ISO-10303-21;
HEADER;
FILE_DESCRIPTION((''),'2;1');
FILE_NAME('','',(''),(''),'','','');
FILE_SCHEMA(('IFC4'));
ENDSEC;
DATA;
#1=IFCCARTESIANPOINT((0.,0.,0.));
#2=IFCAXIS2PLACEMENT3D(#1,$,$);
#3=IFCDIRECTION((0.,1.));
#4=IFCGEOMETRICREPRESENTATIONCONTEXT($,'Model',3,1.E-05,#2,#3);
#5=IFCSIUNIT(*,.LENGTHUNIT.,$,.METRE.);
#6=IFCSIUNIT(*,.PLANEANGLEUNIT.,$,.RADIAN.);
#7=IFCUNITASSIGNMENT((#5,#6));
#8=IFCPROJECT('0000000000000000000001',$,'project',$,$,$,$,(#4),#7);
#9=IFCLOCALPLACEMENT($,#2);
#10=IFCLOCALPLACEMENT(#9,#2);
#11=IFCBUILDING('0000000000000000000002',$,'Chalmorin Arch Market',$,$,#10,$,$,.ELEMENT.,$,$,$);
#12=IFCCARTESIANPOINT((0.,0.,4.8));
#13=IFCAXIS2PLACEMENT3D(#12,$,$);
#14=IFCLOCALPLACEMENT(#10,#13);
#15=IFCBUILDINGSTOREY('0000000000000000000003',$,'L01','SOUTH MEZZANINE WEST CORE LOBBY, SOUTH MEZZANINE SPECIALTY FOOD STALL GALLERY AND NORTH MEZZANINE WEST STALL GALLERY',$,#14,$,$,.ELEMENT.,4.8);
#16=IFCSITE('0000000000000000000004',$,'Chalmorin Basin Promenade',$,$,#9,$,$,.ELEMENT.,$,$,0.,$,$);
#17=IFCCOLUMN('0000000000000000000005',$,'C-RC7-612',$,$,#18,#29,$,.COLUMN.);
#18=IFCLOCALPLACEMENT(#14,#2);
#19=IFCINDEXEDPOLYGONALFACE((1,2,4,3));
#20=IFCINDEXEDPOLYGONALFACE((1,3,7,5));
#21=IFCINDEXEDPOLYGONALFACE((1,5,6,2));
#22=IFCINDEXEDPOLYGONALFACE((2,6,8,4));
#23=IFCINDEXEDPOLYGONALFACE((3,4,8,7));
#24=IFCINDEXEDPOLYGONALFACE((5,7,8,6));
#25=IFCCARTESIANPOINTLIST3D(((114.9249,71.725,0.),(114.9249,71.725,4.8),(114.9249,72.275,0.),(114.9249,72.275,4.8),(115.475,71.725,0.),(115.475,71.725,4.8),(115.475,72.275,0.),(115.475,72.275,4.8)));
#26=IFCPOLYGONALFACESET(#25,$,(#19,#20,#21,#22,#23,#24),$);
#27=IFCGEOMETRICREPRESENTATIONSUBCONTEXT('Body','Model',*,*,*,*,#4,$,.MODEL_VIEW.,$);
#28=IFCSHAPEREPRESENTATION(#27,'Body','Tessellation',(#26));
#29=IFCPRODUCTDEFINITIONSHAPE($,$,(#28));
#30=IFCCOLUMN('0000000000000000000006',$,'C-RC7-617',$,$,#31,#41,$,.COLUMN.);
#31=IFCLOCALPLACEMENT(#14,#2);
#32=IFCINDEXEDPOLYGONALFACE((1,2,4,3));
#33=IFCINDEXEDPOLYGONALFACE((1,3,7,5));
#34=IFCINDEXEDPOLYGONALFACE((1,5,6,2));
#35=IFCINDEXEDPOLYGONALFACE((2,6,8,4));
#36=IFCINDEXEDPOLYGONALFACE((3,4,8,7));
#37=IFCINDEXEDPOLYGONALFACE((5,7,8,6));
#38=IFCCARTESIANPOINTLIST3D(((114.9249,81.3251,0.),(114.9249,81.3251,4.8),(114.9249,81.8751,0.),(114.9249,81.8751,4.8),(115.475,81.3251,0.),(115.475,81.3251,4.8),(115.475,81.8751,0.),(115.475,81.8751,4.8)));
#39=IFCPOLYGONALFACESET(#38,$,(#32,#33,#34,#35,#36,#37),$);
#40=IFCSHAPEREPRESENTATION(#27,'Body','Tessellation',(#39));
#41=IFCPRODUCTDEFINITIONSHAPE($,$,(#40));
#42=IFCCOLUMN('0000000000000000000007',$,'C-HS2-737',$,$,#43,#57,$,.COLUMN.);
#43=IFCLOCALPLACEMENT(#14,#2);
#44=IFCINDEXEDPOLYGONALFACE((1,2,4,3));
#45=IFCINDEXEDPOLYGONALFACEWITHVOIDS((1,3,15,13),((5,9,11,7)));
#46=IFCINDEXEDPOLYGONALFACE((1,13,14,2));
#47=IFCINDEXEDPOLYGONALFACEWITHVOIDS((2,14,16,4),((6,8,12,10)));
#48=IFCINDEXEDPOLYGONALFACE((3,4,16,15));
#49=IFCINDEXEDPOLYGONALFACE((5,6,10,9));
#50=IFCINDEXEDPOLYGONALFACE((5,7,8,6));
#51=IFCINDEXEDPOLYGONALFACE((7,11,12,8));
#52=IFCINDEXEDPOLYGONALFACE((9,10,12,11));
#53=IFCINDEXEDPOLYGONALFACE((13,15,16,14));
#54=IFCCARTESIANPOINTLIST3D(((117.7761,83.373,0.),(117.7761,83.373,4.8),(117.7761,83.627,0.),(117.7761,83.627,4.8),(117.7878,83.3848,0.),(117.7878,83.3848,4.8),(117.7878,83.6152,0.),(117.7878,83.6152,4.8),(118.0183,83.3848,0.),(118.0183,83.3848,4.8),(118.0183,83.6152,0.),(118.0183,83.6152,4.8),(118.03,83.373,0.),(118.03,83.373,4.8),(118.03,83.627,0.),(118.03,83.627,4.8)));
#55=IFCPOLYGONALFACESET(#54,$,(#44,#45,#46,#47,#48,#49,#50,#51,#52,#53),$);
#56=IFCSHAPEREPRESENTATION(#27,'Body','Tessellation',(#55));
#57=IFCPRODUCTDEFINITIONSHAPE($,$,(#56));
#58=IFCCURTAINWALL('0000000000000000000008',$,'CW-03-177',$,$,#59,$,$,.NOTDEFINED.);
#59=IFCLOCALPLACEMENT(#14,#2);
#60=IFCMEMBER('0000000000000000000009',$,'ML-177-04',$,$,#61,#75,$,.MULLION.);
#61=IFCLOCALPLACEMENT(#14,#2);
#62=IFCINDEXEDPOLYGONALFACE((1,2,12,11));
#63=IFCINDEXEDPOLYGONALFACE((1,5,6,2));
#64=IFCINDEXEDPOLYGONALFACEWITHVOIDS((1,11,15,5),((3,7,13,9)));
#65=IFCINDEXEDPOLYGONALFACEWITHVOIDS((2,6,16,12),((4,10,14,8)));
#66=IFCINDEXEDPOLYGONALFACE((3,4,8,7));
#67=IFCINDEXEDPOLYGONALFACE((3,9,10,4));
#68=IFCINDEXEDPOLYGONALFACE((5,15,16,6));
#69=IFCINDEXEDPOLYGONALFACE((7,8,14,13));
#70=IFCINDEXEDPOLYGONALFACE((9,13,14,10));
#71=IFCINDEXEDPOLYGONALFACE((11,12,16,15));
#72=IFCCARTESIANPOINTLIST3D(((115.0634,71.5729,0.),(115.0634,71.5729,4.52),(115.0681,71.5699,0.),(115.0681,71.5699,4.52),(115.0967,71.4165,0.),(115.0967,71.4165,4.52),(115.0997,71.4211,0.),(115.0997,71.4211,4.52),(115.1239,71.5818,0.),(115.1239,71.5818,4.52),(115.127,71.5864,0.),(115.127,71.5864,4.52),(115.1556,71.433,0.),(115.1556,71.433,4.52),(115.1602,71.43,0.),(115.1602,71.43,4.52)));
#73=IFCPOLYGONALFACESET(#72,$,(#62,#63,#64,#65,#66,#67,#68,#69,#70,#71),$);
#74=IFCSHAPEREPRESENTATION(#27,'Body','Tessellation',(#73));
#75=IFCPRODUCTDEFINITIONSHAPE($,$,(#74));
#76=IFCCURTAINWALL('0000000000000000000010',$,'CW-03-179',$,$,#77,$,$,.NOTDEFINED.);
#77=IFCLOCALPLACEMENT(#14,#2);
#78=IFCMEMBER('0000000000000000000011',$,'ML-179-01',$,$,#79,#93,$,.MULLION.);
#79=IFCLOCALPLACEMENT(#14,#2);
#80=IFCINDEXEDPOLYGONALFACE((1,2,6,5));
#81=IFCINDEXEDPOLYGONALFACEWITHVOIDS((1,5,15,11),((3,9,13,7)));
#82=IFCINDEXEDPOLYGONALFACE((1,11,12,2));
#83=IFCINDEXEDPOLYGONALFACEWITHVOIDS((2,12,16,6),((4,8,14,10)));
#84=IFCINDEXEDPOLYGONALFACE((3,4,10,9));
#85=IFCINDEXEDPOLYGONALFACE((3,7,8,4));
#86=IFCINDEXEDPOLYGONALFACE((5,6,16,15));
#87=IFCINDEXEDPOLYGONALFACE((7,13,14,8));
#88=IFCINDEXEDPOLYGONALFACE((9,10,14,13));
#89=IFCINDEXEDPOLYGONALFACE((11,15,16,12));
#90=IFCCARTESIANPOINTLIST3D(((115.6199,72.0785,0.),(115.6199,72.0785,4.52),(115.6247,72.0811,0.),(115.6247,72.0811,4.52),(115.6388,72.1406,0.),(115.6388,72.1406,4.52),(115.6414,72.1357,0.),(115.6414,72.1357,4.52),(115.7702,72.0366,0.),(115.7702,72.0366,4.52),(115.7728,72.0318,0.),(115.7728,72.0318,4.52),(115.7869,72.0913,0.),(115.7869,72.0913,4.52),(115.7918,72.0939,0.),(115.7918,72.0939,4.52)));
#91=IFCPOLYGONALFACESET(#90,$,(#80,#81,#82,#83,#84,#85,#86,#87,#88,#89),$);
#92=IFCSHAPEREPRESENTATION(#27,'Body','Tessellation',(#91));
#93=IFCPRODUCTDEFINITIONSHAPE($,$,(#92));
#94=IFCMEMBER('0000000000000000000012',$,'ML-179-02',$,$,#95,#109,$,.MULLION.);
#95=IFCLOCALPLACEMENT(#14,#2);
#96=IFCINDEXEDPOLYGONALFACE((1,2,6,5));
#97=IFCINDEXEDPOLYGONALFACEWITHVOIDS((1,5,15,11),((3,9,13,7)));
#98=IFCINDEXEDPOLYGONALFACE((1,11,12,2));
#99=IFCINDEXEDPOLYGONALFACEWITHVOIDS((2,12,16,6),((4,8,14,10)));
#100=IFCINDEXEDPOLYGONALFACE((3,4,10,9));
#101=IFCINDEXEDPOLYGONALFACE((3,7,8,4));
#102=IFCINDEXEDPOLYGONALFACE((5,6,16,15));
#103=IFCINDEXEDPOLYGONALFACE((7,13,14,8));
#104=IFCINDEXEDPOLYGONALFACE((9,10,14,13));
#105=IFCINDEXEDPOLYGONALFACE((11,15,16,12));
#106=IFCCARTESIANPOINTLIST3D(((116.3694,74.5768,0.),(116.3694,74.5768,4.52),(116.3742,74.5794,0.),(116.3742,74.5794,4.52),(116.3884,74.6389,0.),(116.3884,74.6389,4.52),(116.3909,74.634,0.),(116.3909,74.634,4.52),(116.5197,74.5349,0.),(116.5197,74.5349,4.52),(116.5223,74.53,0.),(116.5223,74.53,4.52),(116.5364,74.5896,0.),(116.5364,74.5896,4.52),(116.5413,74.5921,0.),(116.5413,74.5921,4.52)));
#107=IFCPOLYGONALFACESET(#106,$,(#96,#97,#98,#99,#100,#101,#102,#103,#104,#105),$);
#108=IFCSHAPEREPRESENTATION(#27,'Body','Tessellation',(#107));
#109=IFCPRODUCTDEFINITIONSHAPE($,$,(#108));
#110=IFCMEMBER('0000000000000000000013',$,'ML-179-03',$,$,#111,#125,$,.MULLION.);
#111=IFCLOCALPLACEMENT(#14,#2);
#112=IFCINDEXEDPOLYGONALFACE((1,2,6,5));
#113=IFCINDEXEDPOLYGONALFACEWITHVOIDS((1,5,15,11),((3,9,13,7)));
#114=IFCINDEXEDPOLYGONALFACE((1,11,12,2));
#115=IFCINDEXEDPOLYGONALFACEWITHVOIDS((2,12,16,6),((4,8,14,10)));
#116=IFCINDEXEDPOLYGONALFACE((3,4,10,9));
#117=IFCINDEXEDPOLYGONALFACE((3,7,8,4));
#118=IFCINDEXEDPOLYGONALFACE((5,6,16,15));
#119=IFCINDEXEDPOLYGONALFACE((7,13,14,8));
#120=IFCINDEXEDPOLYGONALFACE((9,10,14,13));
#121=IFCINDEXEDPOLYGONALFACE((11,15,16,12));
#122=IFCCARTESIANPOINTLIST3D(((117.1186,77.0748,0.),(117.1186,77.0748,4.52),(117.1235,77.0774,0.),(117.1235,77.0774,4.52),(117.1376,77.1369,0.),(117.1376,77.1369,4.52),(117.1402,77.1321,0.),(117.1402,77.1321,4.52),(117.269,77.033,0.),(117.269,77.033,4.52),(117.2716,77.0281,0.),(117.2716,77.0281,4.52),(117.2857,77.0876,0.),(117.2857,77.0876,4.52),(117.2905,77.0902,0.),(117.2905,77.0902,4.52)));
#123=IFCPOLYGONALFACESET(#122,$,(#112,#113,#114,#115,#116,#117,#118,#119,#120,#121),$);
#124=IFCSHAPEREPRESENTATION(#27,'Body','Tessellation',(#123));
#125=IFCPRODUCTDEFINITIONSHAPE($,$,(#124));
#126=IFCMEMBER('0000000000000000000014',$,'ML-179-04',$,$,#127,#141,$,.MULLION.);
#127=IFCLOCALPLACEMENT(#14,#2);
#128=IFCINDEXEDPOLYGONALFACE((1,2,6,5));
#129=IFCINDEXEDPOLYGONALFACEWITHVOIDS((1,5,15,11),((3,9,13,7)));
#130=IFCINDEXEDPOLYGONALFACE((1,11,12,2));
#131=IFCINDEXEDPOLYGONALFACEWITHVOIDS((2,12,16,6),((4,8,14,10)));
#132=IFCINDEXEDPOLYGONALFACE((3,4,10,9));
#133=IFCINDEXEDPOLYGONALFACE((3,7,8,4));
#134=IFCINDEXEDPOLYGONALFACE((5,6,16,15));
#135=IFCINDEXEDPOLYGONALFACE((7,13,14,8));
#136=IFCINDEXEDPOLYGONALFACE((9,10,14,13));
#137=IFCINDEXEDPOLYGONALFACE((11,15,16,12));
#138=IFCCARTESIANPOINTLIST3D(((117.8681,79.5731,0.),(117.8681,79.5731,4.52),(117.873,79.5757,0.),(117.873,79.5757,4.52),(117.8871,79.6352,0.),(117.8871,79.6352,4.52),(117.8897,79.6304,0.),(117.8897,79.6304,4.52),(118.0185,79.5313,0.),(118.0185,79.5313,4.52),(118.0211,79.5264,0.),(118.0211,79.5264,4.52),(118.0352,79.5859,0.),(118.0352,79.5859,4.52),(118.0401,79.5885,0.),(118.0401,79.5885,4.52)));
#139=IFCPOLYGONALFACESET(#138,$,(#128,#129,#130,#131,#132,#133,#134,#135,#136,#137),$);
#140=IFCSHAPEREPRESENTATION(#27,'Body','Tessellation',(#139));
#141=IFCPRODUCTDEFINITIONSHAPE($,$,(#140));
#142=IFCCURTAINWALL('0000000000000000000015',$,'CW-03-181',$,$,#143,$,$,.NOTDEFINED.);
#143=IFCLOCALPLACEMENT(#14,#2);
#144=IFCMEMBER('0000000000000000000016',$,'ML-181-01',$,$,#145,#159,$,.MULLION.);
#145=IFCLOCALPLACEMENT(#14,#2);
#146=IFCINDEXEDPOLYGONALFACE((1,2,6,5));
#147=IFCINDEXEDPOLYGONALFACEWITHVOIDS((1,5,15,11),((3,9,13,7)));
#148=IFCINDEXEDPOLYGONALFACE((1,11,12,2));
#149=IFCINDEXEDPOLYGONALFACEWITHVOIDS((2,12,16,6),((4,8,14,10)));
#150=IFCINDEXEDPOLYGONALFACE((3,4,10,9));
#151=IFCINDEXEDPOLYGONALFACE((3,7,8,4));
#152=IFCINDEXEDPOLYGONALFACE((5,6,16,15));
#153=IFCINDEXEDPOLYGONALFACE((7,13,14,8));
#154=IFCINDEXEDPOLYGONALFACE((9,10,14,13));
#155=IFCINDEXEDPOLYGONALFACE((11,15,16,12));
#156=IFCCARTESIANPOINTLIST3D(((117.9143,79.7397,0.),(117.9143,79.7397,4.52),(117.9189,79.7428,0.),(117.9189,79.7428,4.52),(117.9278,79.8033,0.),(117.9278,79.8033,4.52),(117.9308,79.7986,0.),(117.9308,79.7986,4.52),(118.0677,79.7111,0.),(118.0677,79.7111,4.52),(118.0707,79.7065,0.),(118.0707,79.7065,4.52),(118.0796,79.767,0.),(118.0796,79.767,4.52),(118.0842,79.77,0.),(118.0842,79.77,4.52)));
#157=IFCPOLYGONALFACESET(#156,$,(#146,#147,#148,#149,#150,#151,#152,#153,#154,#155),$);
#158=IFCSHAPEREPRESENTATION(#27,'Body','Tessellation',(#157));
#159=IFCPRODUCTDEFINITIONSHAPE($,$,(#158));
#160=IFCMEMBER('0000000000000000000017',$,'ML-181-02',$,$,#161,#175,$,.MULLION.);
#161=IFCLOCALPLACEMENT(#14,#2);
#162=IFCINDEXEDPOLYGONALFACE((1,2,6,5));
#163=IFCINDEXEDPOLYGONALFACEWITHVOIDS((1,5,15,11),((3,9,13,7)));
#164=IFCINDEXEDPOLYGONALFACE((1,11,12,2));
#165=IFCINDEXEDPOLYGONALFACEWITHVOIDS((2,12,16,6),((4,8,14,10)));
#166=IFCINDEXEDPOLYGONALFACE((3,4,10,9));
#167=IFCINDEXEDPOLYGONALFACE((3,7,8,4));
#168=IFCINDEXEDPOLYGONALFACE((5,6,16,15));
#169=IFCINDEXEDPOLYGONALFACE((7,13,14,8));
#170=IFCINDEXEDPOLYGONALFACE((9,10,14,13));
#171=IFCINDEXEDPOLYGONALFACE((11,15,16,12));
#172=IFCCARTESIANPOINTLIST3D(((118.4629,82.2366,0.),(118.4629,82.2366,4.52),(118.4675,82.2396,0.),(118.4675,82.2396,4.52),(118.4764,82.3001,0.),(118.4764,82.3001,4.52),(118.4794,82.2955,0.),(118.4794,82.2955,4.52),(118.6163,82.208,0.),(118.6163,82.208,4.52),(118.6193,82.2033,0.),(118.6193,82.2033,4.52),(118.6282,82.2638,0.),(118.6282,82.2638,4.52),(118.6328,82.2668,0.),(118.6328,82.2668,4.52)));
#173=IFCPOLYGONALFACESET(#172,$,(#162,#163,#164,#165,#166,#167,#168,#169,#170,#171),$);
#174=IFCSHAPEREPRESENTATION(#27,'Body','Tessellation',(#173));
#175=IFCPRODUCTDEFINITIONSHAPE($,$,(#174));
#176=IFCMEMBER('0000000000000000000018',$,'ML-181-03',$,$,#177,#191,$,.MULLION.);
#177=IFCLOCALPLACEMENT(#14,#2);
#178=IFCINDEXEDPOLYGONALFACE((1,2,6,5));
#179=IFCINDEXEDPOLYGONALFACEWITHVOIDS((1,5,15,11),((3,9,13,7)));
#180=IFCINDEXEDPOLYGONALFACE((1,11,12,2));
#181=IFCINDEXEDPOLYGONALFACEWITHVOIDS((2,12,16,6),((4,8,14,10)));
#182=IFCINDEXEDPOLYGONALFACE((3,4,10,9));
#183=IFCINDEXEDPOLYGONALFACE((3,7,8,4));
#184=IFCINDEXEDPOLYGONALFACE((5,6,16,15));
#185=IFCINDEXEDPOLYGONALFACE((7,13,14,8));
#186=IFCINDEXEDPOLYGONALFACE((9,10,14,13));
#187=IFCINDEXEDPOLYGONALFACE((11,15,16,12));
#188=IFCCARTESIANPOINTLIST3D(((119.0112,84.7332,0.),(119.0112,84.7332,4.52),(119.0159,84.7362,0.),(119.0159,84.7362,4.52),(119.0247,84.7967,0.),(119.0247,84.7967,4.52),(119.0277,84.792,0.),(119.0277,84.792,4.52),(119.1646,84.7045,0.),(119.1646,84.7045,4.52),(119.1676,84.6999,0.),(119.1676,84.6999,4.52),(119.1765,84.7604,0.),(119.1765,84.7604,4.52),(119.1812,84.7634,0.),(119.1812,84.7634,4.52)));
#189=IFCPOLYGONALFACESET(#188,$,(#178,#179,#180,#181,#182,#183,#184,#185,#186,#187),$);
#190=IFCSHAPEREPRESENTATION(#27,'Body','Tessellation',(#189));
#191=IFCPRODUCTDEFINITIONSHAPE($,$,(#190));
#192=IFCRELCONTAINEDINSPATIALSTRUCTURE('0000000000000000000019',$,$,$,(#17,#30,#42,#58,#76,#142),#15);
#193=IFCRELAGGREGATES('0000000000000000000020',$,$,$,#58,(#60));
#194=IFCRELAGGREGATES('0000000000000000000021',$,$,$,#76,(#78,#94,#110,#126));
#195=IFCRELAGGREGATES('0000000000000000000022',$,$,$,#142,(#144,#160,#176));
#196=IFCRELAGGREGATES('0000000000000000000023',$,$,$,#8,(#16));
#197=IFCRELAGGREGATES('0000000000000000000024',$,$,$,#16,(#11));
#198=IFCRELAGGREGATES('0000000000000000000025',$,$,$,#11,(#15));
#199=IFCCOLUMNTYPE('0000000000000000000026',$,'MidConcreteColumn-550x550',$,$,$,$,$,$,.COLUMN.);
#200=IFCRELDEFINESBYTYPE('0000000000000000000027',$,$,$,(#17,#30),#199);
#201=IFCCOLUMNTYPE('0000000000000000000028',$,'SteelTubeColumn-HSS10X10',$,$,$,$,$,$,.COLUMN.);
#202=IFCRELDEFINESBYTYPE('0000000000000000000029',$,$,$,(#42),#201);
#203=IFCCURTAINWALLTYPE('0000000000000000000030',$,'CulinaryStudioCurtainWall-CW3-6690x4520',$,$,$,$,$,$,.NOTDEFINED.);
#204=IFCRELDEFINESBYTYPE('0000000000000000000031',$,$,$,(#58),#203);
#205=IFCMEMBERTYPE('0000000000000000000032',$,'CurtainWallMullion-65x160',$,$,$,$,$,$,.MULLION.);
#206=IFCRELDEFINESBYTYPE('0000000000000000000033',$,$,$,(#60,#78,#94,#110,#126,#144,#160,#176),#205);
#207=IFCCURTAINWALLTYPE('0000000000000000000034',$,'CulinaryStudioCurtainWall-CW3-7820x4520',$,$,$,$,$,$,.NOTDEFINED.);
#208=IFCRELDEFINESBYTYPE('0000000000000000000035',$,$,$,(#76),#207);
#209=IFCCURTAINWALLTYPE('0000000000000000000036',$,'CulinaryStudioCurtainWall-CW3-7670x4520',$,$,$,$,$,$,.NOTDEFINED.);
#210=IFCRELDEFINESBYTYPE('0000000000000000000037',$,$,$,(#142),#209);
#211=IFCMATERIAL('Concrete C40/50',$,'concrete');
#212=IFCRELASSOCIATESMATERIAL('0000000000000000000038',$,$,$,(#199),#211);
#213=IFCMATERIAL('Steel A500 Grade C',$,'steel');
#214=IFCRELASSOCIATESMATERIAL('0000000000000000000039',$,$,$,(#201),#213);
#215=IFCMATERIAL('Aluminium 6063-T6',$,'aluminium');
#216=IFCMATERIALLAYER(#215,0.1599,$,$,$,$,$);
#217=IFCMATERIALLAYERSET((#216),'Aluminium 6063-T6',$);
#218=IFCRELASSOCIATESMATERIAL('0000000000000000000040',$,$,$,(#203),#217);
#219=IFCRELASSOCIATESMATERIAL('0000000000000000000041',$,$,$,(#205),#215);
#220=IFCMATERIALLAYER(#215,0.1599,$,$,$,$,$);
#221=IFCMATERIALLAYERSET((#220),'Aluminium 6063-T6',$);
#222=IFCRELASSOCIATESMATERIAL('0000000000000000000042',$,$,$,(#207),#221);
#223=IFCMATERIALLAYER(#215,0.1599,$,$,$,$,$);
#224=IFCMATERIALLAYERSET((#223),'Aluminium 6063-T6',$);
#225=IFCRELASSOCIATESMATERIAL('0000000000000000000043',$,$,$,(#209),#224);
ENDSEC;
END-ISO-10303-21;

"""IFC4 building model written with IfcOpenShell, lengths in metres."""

from ifc_helpers import new_model, si_unit, direction, frame, origin, origin_2d, place, context, subcontext, project, spatial, rectangle, hollow_rectangle, extrude, material, layer, layer_set, material_profile, profile_set, type_object, element, aggregate, save


model = new_model("IFC4")

# Units and contexts
model_context = context("Model", 3, precision=1e-05, world=origin(), true_north=direction((0.0, 1.0)))
body_context = subcontext(model_context, "Body", "Model", "MODEL_VIEW")
ifc_project = project(units=[si_unit("LENGTHUNIT", "METRE"), si_unit("PLANEANGLEUNIT", "RADIAN")], contexts=[model_context])

# Site, building, storey
site_placement = place(None, origin())
site = spatial("IfcSite", under=ifc_project, at=site_placement, Name="Chalmorin Basin Promenade", CompositionType="ELEMENT", RefElevation=0.0)
building_placement = place(site_placement, origin())
building = spatial("IfcBuilding", under=site, at=building_placement, Name="Chalmorin Arch Market", CompositionType="ELEMENT")
storey_placement = place(building_placement, frame((0.0, 0.0, 4.8)))
storey = spatial("IfcBuildingStorey", under=building, at=storey_placement, Name="L01", Description="SOUTH MEZZANINE WEST CORE LOBBY, SOUTH MEZZANINE SPECIALTY FOOD STALL GALLERY AND NORTH MEZZANINE WEST STALL GALLERY", CompositionType="ELEMENT", Elevation=4.8)

# Columns
ifc_material_1 = material(Name="Concrete C40/50", Category="concrete")
ifc_material_profile_1 = material_profile(ifc_material_1, rectangle(XDim=0.55, YDim=0.55, at=origin_2d()), Name="RC550X550")
ifc_profile_set_1 = profile_set([ifc_material_profile_1], Name="Concrete C40/50")
column_type_1 = type_object("IfcColumnType", Name="MidConcreteColumn-550x550", PredefinedType="COLUMN", material=ifc_profile_set_1)
for number, where, z_axis, x_axis, name in (
    (1, (115.2, 72.0, 0.0), (0.0, 0.0, 1.0), (1.0, 0.0, 0.0), "C-RC7-612"),
    (2, (115.2, 81.6001, 0.0), (0.0, 0.0, 1.0), (1.0, 0.0, 0.0), "C-RC7-617"),
):
    element("IfcColumn", number, at=place(storey_placement, frame(where, z_axis=z_axis, x_axis=x_axis)), inside=storey, type_object=column_type_1, Name=name, PredefinedType="COLUMN", context=body_context, shape_type="SweptSolid", body=[
        extrude(rectangle(XDim=0.55, YDim=0.55, at=origin_2d()), origin(), (0.0, 0.0, 1.0), 4.8),
    ])
ifc_material_2 = material(Name="Steel A500 Grade C", Category="steel")
ifc_material_profile_2 = material_profile(ifc_material_2, hollow_rectangle(XDim=0.2539, YDim=0.2539, WallThickness=0.0117, at=origin_2d()), Name="HSS10X10X1/2")
ifc_profile_set_2 = profile_set([ifc_material_profile_2], Name="Steel A500 Grade C")
column_type_2 = type_object("IfcColumnType", Name="SteelTubeColumn-HSS10X10", PredefinedType="COLUMN", material=ifc_profile_set_2)
column_placement = place(storey_placement, frame((117.9031, 83.5, 0.0), z_axis=(0.0, 0.0, 1.0), x_axis=(1.0, 0.0, 0.0)))
element("IfcColumn", 3, at=column_placement, inside=storey, type_object=column_type_2, Name="C-HS2-737", PredefinedType="COLUMN", context=body_context, shape_type="SweptSolid", body=[
    extrude(hollow_rectangle(XDim=0.2539, YDim=0.2539, WallThickness=0.0117, at=origin_2d()), origin(), (0.0, 0.0, 1.0), 4.8),
])

# Curtain wall, member
ifc_material_3 = material(Name="Aluminium 6063-T6", Category="aluminium")
ifc_layer_1 = layer(ifc_material_3, 0.1599)
ifc_layer_set_1 = layer_set([ifc_layer_1], Name="Aluminium 6063-T6")
curtain_wall_type_1 = type_object("IfcCurtainWallType", Name="CulinaryStudioCurtainWall-CW3-6690x4520", PredefinedType="NOTDEFINED", material=ifc_layer_set_1)
curtain_wall_1_placement = place(storey_placement, origin())
curtain_wall_1 = element("IfcCurtainWall", 4, at=curtain_wall_1_placement, inside=storey, type_object=curtain_wall_type_1, Name="CW-03-177", PredefinedType="NOTDEFINED")
ifc_material_profile_3 = material_profile(ifc_material_3, hollow_rectangle(XDim=0.0649, YDim=0.1599, WallThickness=0.0039, at=origin_2d()), Name="ALU65X160X4")
ifc_profile_set_3 = profile_set([ifc_material_profile_3], Name="Aluminium 6063-T6")
member_type_1 = type_object("IfcMemberType", Name="CurtainWallMullion-65x160", PredefinedType="MULLION", material=ifc_profile_set_3)
member_1_placement = place(storey_placement, frame((115.1118, 71.5015, 0.0), z_axis=(0.0, 0.0, 1.0), x_axis=(0.978148, 0.207912, 0.0)))
member_1 = element("IfcMember", 5, at=member_1_placement, type_object=member_type_1, Name="ML-177-04", PredefinedType="MULLION", context=body_context, shape_type="SweptSolid", body=[
    extrude(hollow_rectangle(XDim=0.0649, YDim=0.1599, WallThickness=0.0039, at=origin_2d()), origin(), (0.0, 0.0, 1.0), 4.52),
])
aggregate(curtain_wall_1, [member_1])

# Curtain walls, members
ifc_layer_2 = layer(ifc_material_3, 0.1599)
ifc_layer_set_2 = layer_set([ifc_layer_2], Name="Aluminium 6063-T6")
curtain_wall_type_2 = type_object("IfcCurtainWallType", Name="CulinaryStudioCurtainWall-CW3-7820x4520", PredefinedType="NOTDEFINED", material=ifc_layer_set_2)
curtain_wall_2_placement = place(storey_placement, origin())
curtain_wall_2 = element("IfcCurtainWall", 6, at=curtain_wall_2_placement, inside=storey, type_object=curtain_wall_type_2, Name="CW-03-179", PredefinedType="NOTDEFINED")
member_2_placement = place(storey_placement, frame((115.7058, 72.0862, 0.0), z_axis=(0.0, 0.0, 1.0), x_axis=(0.292372, 0.956305, 0.0)))
member_2 = element("IfcMember", 7, at=member_2_placement, type_object=member_type_1, Name="ML-179-01", PredefinedType="MULLION", context=body_context, shape_type="SweptSolid", body=[
    extrude(hollow_rectangle(XDim=0.0649, YDim=0.1599, WallThickness=0.0039, at=origin_2d()), origin(), (0.0, 0.0, 1.0), 4.52),
])
member_3_placement = place(storey_placement, frame((116.4553, 74.5845, 0.0), z_axis=(0.0, 0.0, 1.0), x_axis=(0.292372, 0.956305, 0.0)))
member_3 = element("IfcMember", 8, at=member_3_placement, type_object=member_type_1, Name="ML-179-02", PredefinedType="MULLION", context=body_context, shape_type="SweptSolid", body=[
    extrude(hollow_rectangle(XDim=0.0649, YDim=0.1599, WallThickness=0.0039, at=origin_2d()), origin(), (0.0, 0.0, 1.0), 4.52),
])
member_4_placement = place(storey_placement, frame((117.2046, 77.0825, 0.0), z_axis=(0.0, 0.0, 1.0), x_axis=(0.292372, 0.956305, 0.0)))
member_4 = element("IfcMember", 9, at=member_4_placement, type_object=member_type_1, Name="ML-179-03", PredefinedType="MULLION", context=body_context, shape_type="SweptSolid", body=[
    extrude(hollow_rectangle(XDim=0.0649, YDim=0.1599, WallThickness=0.0039, at=origin_2d()), origin(), (0.0, 0.0, 1.0), 4.52),
])
member_5_placement = place(storey_placement, frame((117.9541, 79.5808, 0.0), z_axis=(0.0, 0.0, 1.0), x_axis=(0.292372, 0.956305, 0.0)))
member_5 = element("IfcMember", 10, at=member_5_placement, type_object=member_type_1, Name="ML-179-04", PredefinedType="MULLION", context=body_context, shape_type="SweptSolid", body=[
    extrude(hollow_rectangle(XDim=0.0649, YDim=0.1599, WallThickness=0.0039, at=origin_2d()), origin(), (0.0, 0.0, 1.0), 4.52),
])
ifc_layer_3 = layer(ifc_material_3, 0.1599)
ifc_layer_set_3 = layer_set([ifc_layer_3], Name="Aluminium 6063-T6")
curtain_wall_type_3 = type_object("IfcCurtainWallType", Name="CulinaryStudioCurtainWall-CW3-7670x4520", PredefinedType="NOTDEFINED", material=ifc_layer_set_3)
curtain_wall_3_placement = place(storey_placement, origin())
curtain_wall_3 = element("IfcCurtainWall", 11, at=curtain_wall_3_placement, inside=storey, type_object=curtain_wall_type_3, Name="CW-03-181", PredefinedType="NOTDEFINED")
member_6_placement = place(storey_placement, frame((117.9993, 79.7549, 0.0), z_axis=(0.0, 0.0, 1.0), x_axis=(0.207912, 0.978148, 0.0)))
member_6 = element("IfcMember", 12, at=member_6_placement, type_object=member_type_1, Name="ML-181-01", PredefinedType="MULLION", context=body_context, shape_type="SweptSolid", body=[
    extrude(hollow_rectangle(XDim=0.0649, YDim=0.1599, WallThickness=0.0039, at=origin_2d()), origin(), (0.0, 0.0, 1.0), 4.52),
])
member_7_placement = place(storey_placement, frame((118.5479, 82.2517, 0.0), z_axis=(0.0, 0.0, 1.0), x_axis=(0.207912, 0.978148, 0.0)))
member_7 = element("IfcMember", 13, at=member_7_placement, type_object=member_type_1, Name="ML-181-02", PredefinedType="MULLION", context=body_context, shape_type="SweptSolid", body=[
    extrude(hollow_rectangle(XDim=0.0649, YDim=0.1599, WallThickness=0.0039, at=origin_2d()), origin(), (0.0, 0.0, 1.0), 4.52),
])
member_8_placement = place(storey_placement, frame((119.0962, 84.7483, 0.0), z_axis=(0.0, 0.0, 1.0), x_axis=(0.207912, 0.978148, 0.0)))
member_8 = element("IfcMember", 14, at=member_8_placement, type_object=member_type_1, Name="ML-181-03", PredefinedType="MULLION", context=body_context, shape_type="SweptSolid", body=[
    extrude(hollow_rectangle(XDim=0.0649, YDim=0.1599, WallThickness=0.0039, at=origin_2d()), origin(), (0.0, 0.0, 1.0), 4.52),
])

aggregate(curtain_wall_2, [member_2, member_3, member_4, member_5])
aggregate(curtain_wall_3, [member_6, member_7, member_8])

save(model, "model.ifc")
